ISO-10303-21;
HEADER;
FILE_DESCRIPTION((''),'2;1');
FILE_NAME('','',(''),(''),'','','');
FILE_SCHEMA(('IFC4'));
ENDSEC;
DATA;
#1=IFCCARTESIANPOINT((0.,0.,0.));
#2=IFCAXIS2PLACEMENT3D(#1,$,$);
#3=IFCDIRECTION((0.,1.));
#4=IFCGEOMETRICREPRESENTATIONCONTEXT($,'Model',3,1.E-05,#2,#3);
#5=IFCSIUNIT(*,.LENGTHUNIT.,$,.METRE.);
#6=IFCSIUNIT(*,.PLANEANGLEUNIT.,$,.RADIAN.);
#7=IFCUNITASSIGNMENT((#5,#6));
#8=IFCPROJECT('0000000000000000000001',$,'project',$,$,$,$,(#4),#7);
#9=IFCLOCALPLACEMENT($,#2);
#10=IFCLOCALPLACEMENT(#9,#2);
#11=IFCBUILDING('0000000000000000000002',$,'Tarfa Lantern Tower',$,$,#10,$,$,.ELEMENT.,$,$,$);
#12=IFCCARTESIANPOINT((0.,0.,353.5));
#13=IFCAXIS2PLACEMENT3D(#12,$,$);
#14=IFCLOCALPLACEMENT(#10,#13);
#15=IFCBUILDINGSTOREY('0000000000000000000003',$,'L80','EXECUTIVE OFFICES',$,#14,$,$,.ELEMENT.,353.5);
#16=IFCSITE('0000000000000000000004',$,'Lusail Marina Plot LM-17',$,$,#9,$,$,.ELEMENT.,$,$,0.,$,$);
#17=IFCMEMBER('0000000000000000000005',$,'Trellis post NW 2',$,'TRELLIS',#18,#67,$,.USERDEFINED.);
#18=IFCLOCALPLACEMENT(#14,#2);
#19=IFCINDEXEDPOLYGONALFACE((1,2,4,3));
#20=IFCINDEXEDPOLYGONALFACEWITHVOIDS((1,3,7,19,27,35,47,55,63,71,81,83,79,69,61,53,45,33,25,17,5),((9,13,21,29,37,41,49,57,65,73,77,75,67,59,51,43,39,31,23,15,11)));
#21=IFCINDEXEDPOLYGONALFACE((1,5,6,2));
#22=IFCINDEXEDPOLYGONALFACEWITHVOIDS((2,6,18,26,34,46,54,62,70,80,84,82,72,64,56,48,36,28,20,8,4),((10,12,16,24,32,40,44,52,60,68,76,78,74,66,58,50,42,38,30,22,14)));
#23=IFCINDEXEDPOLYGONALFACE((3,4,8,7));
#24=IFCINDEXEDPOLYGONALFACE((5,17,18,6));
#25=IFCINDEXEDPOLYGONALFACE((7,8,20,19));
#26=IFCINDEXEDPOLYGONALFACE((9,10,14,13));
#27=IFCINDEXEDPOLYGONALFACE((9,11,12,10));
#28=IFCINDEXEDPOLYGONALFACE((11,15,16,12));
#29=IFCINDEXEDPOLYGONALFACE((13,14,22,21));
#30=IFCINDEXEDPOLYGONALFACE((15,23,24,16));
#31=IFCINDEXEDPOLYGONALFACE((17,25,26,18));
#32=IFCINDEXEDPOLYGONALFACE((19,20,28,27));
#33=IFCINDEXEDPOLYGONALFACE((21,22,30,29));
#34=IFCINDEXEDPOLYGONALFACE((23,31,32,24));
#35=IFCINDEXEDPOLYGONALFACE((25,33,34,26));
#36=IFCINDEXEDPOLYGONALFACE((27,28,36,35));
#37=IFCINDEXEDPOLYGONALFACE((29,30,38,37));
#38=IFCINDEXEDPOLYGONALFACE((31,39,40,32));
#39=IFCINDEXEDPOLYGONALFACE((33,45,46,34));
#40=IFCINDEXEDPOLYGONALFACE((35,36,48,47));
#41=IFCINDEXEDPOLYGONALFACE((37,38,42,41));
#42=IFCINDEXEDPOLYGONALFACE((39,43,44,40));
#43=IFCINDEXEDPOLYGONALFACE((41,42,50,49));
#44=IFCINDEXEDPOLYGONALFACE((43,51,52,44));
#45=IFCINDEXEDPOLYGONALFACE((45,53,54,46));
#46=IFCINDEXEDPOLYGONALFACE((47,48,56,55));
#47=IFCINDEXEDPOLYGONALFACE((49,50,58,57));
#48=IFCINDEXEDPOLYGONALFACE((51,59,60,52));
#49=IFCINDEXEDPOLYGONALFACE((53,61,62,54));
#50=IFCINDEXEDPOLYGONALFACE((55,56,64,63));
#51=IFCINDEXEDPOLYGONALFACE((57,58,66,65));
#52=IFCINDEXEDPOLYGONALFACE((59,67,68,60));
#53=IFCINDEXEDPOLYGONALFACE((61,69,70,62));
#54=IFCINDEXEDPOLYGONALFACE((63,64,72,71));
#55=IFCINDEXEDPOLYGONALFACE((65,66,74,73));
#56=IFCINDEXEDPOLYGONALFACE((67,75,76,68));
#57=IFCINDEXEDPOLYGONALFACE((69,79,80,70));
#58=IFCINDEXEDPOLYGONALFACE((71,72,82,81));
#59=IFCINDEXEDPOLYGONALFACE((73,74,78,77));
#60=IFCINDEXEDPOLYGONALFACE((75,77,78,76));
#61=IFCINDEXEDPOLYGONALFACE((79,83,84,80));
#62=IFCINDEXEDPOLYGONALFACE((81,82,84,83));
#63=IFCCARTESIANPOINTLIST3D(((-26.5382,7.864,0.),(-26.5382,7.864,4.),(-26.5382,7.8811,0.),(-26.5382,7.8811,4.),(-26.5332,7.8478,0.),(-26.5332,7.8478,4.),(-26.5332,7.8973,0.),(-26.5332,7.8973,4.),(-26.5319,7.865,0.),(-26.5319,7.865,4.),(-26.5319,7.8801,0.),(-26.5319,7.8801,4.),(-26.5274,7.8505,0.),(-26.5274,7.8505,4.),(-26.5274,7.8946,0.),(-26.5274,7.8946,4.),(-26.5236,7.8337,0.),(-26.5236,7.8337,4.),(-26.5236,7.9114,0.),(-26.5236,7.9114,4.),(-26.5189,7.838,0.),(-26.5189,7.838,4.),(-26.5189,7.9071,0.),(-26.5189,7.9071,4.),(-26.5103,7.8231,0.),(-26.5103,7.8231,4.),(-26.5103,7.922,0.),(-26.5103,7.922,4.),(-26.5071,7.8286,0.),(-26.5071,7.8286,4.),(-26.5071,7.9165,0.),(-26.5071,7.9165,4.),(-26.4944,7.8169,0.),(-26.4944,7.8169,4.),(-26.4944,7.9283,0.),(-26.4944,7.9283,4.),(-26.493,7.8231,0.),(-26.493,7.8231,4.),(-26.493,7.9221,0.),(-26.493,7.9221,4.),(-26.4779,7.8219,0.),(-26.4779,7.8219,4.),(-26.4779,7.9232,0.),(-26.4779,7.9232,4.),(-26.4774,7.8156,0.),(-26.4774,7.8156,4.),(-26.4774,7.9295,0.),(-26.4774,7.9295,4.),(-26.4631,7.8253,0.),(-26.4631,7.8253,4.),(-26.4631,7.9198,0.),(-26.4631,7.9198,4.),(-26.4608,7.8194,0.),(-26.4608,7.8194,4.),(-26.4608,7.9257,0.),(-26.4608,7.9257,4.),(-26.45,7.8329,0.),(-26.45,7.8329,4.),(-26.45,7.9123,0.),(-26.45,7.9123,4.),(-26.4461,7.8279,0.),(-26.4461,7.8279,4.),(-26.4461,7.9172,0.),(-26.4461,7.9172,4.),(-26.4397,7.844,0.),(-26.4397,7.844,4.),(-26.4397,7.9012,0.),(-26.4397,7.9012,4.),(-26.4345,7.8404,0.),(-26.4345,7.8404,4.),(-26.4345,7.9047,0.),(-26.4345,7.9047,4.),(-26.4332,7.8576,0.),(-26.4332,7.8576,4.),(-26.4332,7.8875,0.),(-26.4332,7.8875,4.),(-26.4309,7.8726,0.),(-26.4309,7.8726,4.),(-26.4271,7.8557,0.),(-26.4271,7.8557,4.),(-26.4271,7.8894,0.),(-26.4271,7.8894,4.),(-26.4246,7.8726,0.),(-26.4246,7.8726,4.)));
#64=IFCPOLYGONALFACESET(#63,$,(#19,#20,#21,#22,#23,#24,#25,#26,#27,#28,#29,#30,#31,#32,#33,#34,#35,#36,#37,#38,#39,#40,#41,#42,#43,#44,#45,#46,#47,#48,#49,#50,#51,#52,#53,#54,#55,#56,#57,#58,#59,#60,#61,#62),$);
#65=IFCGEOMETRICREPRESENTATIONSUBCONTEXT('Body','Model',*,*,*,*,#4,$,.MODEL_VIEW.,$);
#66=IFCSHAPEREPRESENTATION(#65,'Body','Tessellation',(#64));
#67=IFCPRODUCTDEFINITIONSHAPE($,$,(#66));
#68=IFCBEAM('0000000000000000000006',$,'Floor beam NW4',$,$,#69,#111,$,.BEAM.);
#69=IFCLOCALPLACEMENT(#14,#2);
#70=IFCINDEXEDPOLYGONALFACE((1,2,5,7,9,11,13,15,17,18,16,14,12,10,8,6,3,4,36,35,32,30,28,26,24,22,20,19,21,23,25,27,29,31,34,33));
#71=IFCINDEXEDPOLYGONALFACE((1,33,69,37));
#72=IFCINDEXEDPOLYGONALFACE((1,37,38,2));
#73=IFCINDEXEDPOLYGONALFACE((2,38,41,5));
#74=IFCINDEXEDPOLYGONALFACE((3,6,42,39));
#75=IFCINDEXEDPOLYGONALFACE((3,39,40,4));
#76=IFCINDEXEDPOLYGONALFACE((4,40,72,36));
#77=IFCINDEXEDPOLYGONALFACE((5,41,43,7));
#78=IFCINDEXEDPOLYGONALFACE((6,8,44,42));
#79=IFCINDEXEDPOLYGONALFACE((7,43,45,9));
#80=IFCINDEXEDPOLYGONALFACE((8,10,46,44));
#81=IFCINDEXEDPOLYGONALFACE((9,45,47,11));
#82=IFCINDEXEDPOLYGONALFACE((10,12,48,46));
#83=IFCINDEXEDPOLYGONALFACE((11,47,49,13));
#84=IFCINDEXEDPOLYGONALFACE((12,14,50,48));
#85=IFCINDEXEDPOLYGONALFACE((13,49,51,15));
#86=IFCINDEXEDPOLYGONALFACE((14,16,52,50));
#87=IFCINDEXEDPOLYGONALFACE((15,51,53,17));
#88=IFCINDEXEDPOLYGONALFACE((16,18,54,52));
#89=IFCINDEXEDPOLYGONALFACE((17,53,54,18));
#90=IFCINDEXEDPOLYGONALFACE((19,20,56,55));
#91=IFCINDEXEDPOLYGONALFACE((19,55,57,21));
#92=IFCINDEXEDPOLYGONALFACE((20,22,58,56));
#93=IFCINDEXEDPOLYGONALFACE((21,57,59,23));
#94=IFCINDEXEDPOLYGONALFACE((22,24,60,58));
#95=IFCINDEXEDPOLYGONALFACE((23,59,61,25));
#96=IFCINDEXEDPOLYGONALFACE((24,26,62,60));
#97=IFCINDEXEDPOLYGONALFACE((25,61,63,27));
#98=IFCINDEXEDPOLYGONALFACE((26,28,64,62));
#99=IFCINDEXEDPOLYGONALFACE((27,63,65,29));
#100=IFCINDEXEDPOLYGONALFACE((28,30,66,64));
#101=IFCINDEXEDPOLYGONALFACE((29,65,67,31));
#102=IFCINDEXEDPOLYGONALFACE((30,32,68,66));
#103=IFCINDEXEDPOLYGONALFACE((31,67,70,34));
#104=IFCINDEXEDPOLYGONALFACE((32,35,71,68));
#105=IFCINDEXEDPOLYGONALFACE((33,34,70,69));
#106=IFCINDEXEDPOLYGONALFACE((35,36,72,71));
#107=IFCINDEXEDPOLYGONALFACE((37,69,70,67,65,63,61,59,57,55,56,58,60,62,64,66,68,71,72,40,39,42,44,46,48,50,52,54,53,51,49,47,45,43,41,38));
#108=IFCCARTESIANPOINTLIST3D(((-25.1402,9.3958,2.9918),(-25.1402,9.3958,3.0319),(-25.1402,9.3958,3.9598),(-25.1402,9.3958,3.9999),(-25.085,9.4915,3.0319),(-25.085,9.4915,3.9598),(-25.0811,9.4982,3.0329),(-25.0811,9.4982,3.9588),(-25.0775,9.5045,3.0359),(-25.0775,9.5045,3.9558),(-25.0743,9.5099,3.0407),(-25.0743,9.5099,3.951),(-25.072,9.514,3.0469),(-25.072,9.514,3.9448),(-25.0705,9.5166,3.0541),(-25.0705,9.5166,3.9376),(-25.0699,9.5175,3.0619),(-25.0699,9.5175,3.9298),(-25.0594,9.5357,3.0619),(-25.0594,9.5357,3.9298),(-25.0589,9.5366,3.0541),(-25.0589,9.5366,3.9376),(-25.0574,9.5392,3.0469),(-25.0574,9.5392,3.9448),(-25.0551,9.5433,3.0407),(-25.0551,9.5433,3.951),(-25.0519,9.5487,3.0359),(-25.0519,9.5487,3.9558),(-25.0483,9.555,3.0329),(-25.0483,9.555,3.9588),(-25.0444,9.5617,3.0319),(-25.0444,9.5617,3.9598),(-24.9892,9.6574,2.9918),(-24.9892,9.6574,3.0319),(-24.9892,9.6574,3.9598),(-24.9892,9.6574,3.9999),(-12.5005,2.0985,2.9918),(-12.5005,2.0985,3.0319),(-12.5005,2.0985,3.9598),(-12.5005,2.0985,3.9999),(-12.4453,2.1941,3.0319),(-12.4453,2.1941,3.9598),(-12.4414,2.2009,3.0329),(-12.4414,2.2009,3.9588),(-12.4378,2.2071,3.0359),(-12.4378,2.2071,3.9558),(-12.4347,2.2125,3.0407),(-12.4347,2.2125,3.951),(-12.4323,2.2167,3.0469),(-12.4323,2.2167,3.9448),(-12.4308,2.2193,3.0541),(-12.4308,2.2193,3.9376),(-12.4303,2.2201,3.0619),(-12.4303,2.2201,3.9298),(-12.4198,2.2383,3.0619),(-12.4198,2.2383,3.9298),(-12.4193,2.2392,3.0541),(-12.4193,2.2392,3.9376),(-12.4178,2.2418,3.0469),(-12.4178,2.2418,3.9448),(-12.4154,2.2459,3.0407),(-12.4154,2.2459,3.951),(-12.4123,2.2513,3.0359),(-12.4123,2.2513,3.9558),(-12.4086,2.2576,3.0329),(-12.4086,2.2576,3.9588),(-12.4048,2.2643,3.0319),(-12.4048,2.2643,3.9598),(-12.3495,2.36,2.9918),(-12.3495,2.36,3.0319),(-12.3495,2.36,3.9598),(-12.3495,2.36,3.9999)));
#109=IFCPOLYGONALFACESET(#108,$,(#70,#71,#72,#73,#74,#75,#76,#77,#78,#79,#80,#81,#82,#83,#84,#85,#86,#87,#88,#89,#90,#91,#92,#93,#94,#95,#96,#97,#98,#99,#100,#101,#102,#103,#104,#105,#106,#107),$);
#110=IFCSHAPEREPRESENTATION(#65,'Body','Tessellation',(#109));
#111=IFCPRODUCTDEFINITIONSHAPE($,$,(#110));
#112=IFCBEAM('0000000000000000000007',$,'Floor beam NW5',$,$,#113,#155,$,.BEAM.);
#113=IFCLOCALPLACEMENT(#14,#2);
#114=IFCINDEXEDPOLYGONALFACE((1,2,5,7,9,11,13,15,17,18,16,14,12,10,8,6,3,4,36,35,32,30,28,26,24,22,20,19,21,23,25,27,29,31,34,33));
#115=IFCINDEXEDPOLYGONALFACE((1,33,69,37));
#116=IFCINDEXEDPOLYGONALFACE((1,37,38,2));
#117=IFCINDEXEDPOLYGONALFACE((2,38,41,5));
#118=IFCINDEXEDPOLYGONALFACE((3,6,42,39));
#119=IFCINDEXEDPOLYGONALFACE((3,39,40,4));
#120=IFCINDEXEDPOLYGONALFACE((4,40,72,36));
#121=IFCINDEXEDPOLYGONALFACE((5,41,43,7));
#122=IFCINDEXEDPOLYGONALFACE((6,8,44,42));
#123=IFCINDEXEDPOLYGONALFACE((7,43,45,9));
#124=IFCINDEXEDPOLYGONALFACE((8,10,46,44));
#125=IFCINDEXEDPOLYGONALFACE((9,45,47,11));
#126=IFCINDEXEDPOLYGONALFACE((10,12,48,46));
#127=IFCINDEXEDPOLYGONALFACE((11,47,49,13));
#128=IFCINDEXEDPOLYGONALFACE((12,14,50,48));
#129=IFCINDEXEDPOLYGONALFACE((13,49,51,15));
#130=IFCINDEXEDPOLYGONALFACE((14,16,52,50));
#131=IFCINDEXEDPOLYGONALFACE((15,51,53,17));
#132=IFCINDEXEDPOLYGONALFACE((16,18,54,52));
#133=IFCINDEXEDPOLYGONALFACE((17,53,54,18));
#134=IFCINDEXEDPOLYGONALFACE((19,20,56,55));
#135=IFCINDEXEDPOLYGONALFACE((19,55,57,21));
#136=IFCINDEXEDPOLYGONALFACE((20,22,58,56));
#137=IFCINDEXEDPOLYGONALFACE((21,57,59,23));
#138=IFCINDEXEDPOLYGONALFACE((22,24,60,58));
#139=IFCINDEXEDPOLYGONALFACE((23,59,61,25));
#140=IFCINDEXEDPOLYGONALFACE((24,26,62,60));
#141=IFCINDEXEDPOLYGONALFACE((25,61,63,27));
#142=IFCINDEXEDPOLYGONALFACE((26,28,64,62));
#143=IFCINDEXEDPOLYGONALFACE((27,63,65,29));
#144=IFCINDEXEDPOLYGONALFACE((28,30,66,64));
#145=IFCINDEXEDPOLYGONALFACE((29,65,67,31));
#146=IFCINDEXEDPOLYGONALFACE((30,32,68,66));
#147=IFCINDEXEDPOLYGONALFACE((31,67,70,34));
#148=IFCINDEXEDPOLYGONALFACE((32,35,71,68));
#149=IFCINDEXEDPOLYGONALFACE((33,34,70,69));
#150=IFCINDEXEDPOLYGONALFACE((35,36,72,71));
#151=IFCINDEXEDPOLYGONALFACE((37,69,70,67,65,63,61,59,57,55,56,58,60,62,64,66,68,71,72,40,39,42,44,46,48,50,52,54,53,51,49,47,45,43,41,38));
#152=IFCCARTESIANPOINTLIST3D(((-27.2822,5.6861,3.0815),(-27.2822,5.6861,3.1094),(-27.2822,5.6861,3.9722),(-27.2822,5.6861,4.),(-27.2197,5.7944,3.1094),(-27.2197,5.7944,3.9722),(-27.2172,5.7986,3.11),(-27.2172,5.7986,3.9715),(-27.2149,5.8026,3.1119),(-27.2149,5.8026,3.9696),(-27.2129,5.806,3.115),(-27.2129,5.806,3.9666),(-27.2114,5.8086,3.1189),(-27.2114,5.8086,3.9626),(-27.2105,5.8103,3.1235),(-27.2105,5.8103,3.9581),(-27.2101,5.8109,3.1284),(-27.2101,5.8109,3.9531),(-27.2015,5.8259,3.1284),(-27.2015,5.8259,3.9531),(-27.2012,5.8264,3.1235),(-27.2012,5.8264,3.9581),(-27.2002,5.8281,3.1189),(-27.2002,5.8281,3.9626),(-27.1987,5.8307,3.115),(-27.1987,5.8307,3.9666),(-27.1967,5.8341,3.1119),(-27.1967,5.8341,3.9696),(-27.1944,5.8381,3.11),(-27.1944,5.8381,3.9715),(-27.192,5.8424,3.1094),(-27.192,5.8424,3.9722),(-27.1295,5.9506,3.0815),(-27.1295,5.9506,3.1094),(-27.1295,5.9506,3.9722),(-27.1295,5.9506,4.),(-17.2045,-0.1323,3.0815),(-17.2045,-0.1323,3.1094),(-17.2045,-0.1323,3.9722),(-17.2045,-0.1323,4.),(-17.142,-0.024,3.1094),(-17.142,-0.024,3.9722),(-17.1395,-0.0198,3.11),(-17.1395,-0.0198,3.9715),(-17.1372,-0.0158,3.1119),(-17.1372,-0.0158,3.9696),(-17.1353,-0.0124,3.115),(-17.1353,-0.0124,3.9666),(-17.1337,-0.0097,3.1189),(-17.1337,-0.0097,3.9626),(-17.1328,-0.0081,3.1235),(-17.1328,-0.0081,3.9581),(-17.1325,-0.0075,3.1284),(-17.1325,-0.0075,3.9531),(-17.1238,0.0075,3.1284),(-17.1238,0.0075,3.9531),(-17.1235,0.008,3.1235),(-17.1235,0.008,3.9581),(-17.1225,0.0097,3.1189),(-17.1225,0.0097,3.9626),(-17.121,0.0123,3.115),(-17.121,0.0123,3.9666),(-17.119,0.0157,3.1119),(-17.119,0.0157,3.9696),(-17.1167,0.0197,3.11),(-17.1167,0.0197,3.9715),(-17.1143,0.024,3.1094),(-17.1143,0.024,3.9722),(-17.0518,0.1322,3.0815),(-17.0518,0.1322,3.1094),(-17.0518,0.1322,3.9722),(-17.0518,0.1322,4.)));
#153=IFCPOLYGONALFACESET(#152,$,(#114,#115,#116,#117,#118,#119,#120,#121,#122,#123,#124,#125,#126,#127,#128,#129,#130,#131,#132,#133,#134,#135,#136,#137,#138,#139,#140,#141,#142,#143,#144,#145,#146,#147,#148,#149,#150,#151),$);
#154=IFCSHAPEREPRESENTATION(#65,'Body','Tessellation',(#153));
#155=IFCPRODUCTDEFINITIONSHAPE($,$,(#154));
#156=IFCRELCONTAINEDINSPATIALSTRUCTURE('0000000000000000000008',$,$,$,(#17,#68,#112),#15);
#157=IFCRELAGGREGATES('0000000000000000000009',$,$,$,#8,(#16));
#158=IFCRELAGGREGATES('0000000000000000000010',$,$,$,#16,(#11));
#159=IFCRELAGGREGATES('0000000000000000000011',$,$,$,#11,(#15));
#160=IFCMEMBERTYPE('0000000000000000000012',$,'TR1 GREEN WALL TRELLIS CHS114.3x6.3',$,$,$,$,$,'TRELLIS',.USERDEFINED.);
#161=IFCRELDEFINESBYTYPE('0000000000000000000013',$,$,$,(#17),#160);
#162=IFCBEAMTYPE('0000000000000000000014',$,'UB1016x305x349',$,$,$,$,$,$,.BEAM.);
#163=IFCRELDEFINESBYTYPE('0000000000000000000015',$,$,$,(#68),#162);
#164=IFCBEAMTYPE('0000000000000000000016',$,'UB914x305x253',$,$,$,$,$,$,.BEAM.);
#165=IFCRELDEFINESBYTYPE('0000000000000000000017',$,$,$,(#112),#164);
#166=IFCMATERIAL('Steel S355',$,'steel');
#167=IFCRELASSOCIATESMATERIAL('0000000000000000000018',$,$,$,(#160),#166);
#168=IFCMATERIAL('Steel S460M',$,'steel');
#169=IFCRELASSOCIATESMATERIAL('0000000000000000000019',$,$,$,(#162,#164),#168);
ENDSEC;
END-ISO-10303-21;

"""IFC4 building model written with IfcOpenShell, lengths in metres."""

from ifc_helpers import new_model, si_unit, direction, frame, origin, origin_2d, place, context, subcontext, project, spatial, hollow_circle, i_section, extrude, material, material_profile, profile_set, type_object, element, save


model = new_model("IFC4")

# Units and contexts
model_context = context("Model", 3, precision=1e-05, world=origin(), true_north=direction((0.0, 1.0)))
body_context = subcontext(model_context, "Body", "Model", "MODEL_VIEW")
ifc_project = project(units=[si_unit("LENGTHUNIT", "METRE"), si_unit("PLANEANGLEUNIT", "RADIAN")], contexts=[model_context])

# Site, building, storey
site_placement = place(None, origin())
site = spatial("IfcSite", under=ifc_project, at=site_placement, Name="Lusail Marina Plot LM-17", CompositionType="ELEMENT", RefElevation=0.0)
building_placement = place(site_placement, origin())
building = spatial("IfcBuilding", under=site, at=building_placement, Name="Tarfa Lantern Tower", CompositionType="ELEMENT")
storey_placement = place(building_placement, frame((0.0, 0.0, 353.5)))
storey = spatial("IfcBuildingStorey", under=building, at=storey_placement, Name="L80", Description="EXECUTIVE OFFICES", CompositionType="ELEMENT", Elevation=353.5)

# Member
ifc_material_1 = material(Name="Steel S355", Category="steel")
ifc_material_profile_1 = material_profile(ifc_material_1, hollow_circle(Radius=0.0571, WallThickness=0.0063, at=origin_2d()), Name="CHS114.3x6.3")
ifc_profile_set_1 = profile_set([ifc_material_profile_1], Name="Steel S355")
member_type_1 = type_object("IfcMemberType", Name="TR1 GREEN WALL TRELLIS CHS114.3x6.3", ElementType="TRELLIS", PredefinedType="USERDEFINED", material=ifc_profile_set_1)
member_1_placement = place(storey_placement, frame((-26.4817, 7.8726, 0.0), z_axis=(0.0, 0.0, 1.0), x_axis=(1.0, 0.0, 0.0)))
element("IfcMember", 1, at=member_1_placement, inside=storey, type_object=member_type_1, Name="Trellis post NW 2", ObjectType="TRELLIS", PredefinedType="USERDEFINED", context=body_context, shape_type="SweptSolid", body=[
    extrude(hollow_circle(Radius=0.0571, WallThickness=0.0063, at=origin_2d()), origin(), (0.0, 0.0, 1.0), 4.0),
])

# Beams
ifc_material_2 = material(Name="Steel S460M", Category="steel")
ifc_material_profile_2 = material_profile(ifc_material_2, i_section(OverallWidth=0.302, OverallDepth=1.0081, WebThickness=0.021, FlangeThickness=0.04, FilletRadius=0.03, at=origin_2d()), Name="UB1016x305x349")
ifc_profile_set_2 = profile_set([ifc_material_profile_2], Name="Steel S460M")
beam_type_1 = type_object("IfcBeamType", Name="UB1016x305x349", PredefinedType="BEAM", material=ifc_profile_set_2)
beam_1_placement = place(storey_placement, frame((-25.0647, 9.5266, 3.4958), z_axis=(0.86603, -0.499993, 0.0), x_axis=(0.499993, 0.86603, 0.0)))
element("IfcBeam", 2, at=beam_1_placement, inside=storey, type_object=beam_type_1, Name="Floor beam NW4", PredefinedType="BEAM", context=body_context, shape_type="SweptSolid", body=[
    extrude(i_section(OverallWidth=0.302, OverallDepth=1.0081, WebThickness=0.021, FlangeThickness=0.04, FilletRadius=0.03, at=origin_2d()), origin(), (0.0, 0.0, 1.0), 14.595),
])
ifc_material_profile_3 = material_profile(ifc_material_2, i_section(OverallWidth=0.3054, OverallDepth=0.9185, WebThickness=0.0173, FlangeThickness=0.0278, FilletRadius=0.019, at=origin_2d()), Name="UB914x305x253")
ifc_profile_set_3 = profile_set([ifc_material_profile_3], Name="Steel S460M")
beam_type_2 = type_object("IfcBeamType", Name="UB914x305x253", PredefinedType="BEAM", material=ifc_profile_set_3)
beam_2_placement = place(storey_placement, frame((-27.2058, 5.8184, 3.5408), z_axis=(0.866024, -0.500002, 0.0), x_axis=(0.500002, 0.866024, 0.0)))
element("IfcBeam", 3, at=beam_2_placement, inside=storey, type_object=beam_type_2, Name="Floor beam NW5", PredefinedType="BEAM", context=body_context, shape_type="SweptSolid", body=[
    extrude(i_section(OverallWidth=0.3054, OverallDepth=0.9185, WebThickness=0.0173, FlangeThickness=0.0278, FilletRadius=0.019, at=origin_2d()), origin(), (0.0, 0.0, 1.0), 11.6367),
])

save(model, "model.ifc")
